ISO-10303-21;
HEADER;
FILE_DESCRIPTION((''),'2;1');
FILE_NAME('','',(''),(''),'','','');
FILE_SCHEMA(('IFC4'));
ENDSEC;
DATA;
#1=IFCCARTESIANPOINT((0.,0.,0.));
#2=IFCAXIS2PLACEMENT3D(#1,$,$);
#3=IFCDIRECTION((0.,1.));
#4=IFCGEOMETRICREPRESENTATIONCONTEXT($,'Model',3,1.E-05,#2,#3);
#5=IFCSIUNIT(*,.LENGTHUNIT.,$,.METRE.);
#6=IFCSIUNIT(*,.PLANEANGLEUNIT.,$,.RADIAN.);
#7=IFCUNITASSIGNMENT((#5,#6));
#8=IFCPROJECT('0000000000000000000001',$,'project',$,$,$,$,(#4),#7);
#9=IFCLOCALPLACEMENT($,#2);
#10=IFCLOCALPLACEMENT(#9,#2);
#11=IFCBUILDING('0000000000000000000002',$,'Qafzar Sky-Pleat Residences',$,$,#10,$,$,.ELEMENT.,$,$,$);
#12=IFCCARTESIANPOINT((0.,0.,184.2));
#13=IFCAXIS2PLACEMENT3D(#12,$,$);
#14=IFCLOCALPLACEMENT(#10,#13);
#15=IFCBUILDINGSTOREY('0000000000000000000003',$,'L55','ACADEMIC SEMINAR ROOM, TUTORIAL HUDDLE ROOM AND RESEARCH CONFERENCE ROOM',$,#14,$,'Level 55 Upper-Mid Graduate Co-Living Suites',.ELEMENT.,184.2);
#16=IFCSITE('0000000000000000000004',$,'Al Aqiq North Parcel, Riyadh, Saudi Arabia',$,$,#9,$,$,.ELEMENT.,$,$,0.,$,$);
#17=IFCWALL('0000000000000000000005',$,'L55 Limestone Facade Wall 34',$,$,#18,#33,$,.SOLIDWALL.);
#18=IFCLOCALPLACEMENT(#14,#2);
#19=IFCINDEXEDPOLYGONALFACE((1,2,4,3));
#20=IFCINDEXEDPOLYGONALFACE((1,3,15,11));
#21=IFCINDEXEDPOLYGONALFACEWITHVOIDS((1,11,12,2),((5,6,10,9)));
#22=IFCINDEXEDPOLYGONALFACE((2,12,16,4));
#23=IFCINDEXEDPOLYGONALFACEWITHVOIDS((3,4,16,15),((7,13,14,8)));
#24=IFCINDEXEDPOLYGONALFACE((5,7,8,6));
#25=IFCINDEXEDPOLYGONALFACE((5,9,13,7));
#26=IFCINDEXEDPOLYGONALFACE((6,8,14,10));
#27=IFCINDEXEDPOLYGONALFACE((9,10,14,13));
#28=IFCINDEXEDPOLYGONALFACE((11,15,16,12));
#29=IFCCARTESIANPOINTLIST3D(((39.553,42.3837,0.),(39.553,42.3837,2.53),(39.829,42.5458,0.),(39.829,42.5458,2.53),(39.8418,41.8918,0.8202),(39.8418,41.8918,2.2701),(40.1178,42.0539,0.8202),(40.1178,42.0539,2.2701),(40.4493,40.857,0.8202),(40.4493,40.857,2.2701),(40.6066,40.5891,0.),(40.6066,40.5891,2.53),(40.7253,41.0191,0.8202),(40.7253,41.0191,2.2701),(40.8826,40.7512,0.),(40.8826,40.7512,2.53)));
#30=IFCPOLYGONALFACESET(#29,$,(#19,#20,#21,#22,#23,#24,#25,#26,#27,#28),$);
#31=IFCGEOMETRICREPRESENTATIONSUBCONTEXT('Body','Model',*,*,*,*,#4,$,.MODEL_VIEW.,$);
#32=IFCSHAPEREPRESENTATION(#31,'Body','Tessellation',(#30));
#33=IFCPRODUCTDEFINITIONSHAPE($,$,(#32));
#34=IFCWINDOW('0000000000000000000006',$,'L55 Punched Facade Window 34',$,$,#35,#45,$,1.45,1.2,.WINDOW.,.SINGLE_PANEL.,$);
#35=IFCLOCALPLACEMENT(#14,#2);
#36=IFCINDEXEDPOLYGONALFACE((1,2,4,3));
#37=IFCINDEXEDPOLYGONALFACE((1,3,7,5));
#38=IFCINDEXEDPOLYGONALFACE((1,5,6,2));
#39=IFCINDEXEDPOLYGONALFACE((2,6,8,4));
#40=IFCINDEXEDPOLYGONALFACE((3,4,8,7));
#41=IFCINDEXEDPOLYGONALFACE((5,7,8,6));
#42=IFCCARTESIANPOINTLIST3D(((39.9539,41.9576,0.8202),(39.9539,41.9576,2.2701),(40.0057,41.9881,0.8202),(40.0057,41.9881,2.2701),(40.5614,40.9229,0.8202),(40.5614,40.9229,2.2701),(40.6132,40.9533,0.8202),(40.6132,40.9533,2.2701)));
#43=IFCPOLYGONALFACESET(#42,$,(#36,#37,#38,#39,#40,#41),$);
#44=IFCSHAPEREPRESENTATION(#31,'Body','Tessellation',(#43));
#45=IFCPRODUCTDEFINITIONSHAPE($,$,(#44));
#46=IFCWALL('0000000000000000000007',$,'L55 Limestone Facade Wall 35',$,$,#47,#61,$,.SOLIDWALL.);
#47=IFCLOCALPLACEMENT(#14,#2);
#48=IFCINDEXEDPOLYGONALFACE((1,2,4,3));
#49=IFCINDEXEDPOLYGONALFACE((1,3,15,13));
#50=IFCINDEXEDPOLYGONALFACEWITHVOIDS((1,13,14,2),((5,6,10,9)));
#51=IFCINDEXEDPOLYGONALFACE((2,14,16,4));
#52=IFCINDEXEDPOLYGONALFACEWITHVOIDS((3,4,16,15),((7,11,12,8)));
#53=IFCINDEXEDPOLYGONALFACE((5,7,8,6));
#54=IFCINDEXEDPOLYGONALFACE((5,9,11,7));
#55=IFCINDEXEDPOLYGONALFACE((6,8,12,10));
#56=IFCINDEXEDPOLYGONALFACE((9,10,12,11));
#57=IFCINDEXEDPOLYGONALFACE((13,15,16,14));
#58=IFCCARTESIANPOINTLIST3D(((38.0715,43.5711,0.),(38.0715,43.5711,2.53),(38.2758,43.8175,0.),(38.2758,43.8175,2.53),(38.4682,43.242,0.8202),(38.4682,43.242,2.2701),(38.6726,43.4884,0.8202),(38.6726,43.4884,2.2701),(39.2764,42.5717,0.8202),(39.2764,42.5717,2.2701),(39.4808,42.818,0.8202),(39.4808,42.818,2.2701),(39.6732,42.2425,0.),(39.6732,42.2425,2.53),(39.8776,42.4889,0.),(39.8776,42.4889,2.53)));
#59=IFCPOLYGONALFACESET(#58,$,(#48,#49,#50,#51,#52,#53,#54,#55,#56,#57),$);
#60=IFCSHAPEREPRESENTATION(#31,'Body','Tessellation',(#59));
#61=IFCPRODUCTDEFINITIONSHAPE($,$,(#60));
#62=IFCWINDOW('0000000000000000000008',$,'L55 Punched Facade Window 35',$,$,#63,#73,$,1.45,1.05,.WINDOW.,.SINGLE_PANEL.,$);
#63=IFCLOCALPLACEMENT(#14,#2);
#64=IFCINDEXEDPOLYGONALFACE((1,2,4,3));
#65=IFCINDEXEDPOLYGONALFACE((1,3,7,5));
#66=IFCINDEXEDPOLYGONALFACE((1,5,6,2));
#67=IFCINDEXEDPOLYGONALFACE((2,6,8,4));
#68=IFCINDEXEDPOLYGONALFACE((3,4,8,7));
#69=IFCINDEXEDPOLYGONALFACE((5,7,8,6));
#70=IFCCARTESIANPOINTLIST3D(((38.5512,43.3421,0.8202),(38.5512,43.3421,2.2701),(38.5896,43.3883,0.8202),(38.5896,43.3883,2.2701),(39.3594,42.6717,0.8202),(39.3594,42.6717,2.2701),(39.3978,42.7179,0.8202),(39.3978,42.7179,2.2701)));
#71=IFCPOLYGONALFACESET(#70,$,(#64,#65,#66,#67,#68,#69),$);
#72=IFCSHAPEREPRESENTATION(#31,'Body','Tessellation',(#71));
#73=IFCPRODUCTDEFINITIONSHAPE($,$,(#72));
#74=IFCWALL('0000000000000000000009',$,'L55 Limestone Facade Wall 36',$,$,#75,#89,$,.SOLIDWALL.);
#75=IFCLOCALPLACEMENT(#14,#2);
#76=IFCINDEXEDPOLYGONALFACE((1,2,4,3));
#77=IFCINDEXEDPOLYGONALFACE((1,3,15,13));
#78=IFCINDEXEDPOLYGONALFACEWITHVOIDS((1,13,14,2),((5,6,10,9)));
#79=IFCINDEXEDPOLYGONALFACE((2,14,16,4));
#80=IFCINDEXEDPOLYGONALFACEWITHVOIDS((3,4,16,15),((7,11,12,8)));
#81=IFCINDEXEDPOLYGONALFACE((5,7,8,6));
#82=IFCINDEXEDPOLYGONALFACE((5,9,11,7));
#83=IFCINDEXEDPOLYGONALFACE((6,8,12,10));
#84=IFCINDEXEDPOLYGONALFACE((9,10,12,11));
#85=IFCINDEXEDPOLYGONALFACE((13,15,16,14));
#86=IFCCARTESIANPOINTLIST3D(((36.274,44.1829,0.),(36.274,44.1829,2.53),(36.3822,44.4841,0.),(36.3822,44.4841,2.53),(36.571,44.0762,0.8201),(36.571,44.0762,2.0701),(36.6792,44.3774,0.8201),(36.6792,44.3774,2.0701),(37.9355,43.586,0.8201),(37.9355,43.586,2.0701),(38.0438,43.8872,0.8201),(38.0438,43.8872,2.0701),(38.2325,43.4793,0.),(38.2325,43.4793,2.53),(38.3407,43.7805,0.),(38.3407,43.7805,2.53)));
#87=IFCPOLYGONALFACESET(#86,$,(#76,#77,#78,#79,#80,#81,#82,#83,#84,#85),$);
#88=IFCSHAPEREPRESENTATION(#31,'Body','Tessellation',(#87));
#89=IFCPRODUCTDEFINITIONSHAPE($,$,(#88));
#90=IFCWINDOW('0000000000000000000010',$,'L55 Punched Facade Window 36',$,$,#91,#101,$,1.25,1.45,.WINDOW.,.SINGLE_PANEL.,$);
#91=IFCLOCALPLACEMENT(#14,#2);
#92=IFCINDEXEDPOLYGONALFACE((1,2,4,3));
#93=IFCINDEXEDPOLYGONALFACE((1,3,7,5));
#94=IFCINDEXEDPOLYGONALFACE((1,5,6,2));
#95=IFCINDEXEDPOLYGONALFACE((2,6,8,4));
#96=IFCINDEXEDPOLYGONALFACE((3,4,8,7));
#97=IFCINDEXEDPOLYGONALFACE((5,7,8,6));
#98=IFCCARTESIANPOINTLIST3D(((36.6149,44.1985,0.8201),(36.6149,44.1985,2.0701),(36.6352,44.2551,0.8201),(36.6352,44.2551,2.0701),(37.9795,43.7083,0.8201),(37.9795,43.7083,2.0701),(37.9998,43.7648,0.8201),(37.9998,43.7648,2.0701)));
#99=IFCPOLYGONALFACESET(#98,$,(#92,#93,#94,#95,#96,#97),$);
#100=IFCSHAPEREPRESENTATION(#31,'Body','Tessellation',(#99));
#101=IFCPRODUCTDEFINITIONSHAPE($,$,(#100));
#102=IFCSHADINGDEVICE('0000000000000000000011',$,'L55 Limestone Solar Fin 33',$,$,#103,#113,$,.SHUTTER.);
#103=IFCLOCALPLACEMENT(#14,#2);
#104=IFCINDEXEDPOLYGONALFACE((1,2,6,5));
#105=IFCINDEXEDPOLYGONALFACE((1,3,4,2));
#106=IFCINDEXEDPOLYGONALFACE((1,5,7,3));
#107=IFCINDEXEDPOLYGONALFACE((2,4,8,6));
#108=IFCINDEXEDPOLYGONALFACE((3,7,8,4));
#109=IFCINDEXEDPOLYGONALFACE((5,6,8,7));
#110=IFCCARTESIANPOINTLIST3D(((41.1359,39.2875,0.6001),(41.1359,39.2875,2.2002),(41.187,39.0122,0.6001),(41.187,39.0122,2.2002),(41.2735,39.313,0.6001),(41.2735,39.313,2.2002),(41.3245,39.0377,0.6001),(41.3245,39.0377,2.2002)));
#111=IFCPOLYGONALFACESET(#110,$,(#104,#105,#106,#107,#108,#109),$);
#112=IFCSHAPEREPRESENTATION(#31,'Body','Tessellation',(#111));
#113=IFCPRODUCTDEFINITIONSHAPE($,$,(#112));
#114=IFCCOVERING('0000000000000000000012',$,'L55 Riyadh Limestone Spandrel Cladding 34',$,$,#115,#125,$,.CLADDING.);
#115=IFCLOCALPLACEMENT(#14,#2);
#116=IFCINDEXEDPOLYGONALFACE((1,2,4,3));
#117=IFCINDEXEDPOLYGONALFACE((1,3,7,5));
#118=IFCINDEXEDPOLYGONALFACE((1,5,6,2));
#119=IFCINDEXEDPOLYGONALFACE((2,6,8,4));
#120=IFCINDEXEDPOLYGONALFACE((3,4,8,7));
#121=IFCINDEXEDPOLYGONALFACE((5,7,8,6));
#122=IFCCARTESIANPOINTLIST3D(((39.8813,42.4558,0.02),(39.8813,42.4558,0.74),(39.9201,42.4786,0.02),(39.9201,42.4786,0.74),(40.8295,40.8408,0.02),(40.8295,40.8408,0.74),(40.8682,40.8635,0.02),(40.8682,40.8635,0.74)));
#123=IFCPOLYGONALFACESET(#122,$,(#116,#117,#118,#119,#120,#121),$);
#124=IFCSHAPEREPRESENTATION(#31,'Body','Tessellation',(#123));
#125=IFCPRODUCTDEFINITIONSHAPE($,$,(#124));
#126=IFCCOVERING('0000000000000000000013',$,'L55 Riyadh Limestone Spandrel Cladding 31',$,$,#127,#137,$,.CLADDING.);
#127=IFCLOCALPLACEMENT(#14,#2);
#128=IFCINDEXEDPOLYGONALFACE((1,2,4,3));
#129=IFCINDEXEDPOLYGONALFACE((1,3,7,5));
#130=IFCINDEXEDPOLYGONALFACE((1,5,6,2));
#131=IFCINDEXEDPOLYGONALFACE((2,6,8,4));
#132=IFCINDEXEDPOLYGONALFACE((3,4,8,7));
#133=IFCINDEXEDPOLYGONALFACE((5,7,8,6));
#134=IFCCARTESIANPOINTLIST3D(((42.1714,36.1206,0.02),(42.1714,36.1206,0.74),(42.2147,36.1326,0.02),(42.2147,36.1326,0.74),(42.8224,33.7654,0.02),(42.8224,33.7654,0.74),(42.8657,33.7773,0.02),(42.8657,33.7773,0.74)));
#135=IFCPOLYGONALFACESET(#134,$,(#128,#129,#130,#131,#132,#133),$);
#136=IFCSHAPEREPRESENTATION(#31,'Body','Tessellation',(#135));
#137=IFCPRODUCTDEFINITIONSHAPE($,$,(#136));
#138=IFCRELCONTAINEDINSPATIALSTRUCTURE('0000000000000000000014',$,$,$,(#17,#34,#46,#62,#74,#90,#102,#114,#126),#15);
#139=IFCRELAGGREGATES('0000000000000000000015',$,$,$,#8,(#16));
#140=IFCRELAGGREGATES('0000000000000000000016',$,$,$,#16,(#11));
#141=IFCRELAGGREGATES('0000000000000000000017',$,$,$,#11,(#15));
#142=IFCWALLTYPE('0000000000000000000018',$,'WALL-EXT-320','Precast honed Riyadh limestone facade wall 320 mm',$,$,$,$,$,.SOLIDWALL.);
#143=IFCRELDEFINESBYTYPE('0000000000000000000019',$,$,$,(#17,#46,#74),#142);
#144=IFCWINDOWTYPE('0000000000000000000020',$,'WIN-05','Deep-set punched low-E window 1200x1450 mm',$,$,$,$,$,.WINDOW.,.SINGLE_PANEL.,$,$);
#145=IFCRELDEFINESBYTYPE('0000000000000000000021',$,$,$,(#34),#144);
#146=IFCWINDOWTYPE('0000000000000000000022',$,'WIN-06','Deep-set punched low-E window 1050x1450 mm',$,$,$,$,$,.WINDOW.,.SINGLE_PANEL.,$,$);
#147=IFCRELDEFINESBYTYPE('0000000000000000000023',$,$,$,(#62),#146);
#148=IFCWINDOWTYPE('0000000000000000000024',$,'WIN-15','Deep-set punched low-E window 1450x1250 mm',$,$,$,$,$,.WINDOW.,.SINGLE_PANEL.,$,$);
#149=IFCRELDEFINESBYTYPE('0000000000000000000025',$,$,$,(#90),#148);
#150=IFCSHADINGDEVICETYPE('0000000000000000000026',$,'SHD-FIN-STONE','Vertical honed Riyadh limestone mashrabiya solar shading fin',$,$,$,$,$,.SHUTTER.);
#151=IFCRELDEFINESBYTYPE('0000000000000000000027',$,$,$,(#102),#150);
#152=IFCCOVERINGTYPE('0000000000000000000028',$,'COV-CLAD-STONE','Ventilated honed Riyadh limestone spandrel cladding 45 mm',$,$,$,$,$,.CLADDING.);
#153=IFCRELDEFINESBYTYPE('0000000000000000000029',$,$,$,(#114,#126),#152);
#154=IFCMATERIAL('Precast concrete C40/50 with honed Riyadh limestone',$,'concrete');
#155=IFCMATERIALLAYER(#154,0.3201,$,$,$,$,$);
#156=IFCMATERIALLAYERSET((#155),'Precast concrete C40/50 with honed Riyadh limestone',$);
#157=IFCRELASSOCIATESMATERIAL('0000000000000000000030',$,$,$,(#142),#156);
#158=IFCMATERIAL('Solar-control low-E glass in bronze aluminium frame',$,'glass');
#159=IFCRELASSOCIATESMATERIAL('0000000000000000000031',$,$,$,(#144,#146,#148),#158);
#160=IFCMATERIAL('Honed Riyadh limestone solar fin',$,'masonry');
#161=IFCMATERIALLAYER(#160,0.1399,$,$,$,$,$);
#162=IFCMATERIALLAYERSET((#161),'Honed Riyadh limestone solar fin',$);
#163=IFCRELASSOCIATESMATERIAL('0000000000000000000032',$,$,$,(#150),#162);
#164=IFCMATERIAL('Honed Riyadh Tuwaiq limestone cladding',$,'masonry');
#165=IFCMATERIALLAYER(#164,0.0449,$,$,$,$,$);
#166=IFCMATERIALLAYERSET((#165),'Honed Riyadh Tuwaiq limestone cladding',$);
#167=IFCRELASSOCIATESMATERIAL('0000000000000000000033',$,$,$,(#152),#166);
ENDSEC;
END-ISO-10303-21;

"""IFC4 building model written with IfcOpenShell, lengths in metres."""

from ifc_helpers import new_model, si_unit, direction, frame, frame_2d, origin, origin_2d, place, context, subcontext, project, spatial, rectangle, extrude, source, transform, mapped, material, layer, layer_set, type_object, element, fill, save


model = new_model("IFC4")

# Units and contexts
model_context = context("Model", 3, precision=1e-05, world=origin(), true_north=direction((0.0, 1.0)))
body_context = subcontext(model_context, "Body", "Model", "MODEL_VIEW")
ifc_project = project(units=[si_unit("LENGTHUNIT", "METRE"), si_unit("PLANEANGLEUNIT", "RADIAN")], contexts=[model_context])

# Site, building, storey
site_placement = place(None, origin())
site = spatial("IfcSite", under=ifc_project, at=site_placement, Name="Al Aqiq North Parcel, Riyadh, Saudi Arabia", CompositionType="ELEMENT", RefElevation=0.0)
building_placement = place(site_placement, origin())
building = spatial("IfcBuilding", under=site, at=building_placement, Name="Qafzar Sky-Pleat Residences", CompositionType="ELEMENT")
storey_placement = place(building_placement, frame((0.0, 0.0, 184.2)))
storey = spatial("IfcBuildingStorey", under=building, at=storey_placement, Name="L55", Description="ACADEMIC SEMINAR ROOM, TUTORIAL HUDDLE ROOM AND RESEARCH CONFERENCE ROOM", LongName="Level 55 Upper-Mid Graduate Co-Living Suites", CompositionType="ELEMENT", Elevation=184.2)

# Walls, openings, windows
ifc_material_1 = material(Name="Precast concrete C40/50 with honed Riyadh limestone", Category="concrete")
ifc_layer_1 = layer(ifc_material_1, 0.3201)
ifc_layer_set_1 = layer_set([ifc_layer_1], Name="Precast concrete C40/50 with honed Riyadh limestone")
wall_type_1 = type_object("IfcWallType", Name="WALL-EXT-320", Description="Precast honed Riyadh limestone facade wall 320 mm", PredefinedType="SOLIDWALL", material=ifc_layer_set_1)
ifc_material_2 = material(Name="Solar-control low-E glass in bronze aluminium frame", Category="glass")
wall_1_placement = place(storey_placement, frame((40.7446, 40.6702, 0.0), z_axis=(0.0, 0.0, 1.0), x_axis=(-0.506312, 0.86235, 0.0)))
wall_1 = element("IfcWall", 1, at=wall_1_placement, inside=storey, type_object=wall_type_1, Name="L55 Limestone Facade Wall 34", PredefinedType="SOLIDWALL", context=body_context, shape_type="SweptSolid", body=[
    extrude(rectangle(XDim=2.0811, YDim=0.3201, at=frame_2d((1.0405, 0.0))), origin(), (0.0, 0.0, 1.0), 2.53),
])
opening_1_placement = place(wall_1_placement, frame((0.3105, 0.0, 0.8201)))
opening_1 = element("IfcOpeningElement", 2, at=opening_1_placement, cuts=wall_1, PredefinedType="OPENING", context=body_context, shape_type="SweptSolid", body=[
    extrude(rectangle(XDim=1.2, YDim=1.45, at=frame_2d((0.6001, 0.7251))), frame((0.0, 0.1699, 0.0), z_axis=(0.0, -1.0, 0.0), x_axis=(1.0, 0.0, 0.0)), (0.0, 0.0, 1.0), 0.3401),
])
window_type_1 = type_object("IfcWindowType", Name="WIN-05", Description="Deep-set punched low-E window 1200x1450 mm", PartitioningType="SINGLE_PANEL", PredefinedType="WINDOW", material=ifc_material_2)
shared_shape_1 = source(origin(), body_context, "Body", "SweptSolid", [
    extrude(rectangle(XDim=1.2, YDim=1.45, at=frame_2d((0.6001, 0.7251))), frame((0.0, 0.03, 0.0), z_axis=(0.0, -1.0, 0.0), x_axis=(1.0, 0.0, 0.0)), (0.0, 0.0, 1.0), 0.0601),
])
window_1_placement = place(opening_1_placement, origin())
window_1 = element("IfcWindow", 3, at=window_1_placement, inside=storey, type_object=window_type_1, Name="L55 Punched Facade Window 34", OverallHeight=1.45, OverallWidth=1.2, PartitioningType="SINGLE_PANEL", PredefinedType="WINDOW", context=body_context, shape_type="MappedRepresentation", body=[
    mapped(shared_shape_1, transform((0.0, 0.0, 0.0), x_axis=(1.0, 0.0, 0.0), y_axis=(0.0, 1.0, 0.0), z_axis=(0.0, 0.0, 1.0), scale=1.0)),
])
fill(opening_1, window_1)
wall_2_placement = place(storey_placement, frame((39.7754, 42.3657, 0.0), z_axis=(0.0, 0.0, 1.0), x_axis=(-0.76969, 0.638417, 0.0)))
wall_2 = element("IfcWall", 4, at=wall_2_placement, inside=storey, type_object=wall_type_1, Name="L55 Limestone Facade Wall 35", PredefinedType="SOLIDWALL", context=body_context, shape_type="SweptSolid", body=[
    extrude(rectangle(XDim=2.0811, YDim=0.3201, at=frame_2d((1.0405, 0.0))), origin(), (0.0, 0.0, 1.0), 2.53),
])
opening_2_placement = place(wall_2_placement, frame((0.5156, 0.0, 0.8201)))
opening_2 = element("IfcOpeningElement", 5, at=opening_2_placement, cuts=wall_2, PredefinedType="OPENING", context=body_context, shape_type="SweptSolid", body=[
    extrude(rectangle(XDim=1.05, YDim=1.45, at=frame_2d((0.5249, 0.7251))), frame((0.0, 0.1699, 0.0), z_axis=(0.0, -1.0, 0.0), x_axis=(1.0, 0.0, 0.0)), (0.0, 0.0, 1.0), 0.3401),
])
window_type_2 = type_object("IfcWindowType", Name="WIN-06", Description="Deep-set punched low-E window 1050x1450 mm", PartitioningType="SINGLE_PANEL", PredefinedType="WINDOW", material=ifc_material_2)
shared_shape_2 = source(origin(), body_context, "Body", "SweptSolid", [
    extrude(rectangle(XDim=1.05, YDim=1.45, at=frame_2d((0.5249, 0.7251))), frame((0.0, 0.03, 0.0), z_axis=(0.0, -1.0, 0.0), x_axis=(1.0, 0.0, 0.0)), (0.0, 0.0, 1.0), 0.0601),
])
window_2_placement = place(opening_2_placement, origin())
window_2 = element("IfcWindow", 6, at=window_2_placement, inside=storey, type_object=window_type_2, Name="L55 Punched Facade Window 35", OverallHeight=1.45, OverallWidth=1.05, PartitioningType="SINGLE_PANEL", PredefinedType="WINDOW", context=body_context, shape_type="MappedRepresentation", body=[
    mapped(shared_shape_2, transform((0.0, 0.0, 0.0), x_axis=(1.0, 0.0, 0.0), y_axis=(0.0, 1.0, 0.0), z_axis=(0.0, 0.0, 1.0), scale=1.0)),
])
fill(opening_2, window_2)
wall_3_placement = place(storey_placement, frame((38.2866, 43.6299, 0.0), z_axis=(0.0, 0.0, 1.0), x_axis=(-0.941109, 0.338105, 0.0)))
wall_3 = element("IfcWall", 7, at=wall_3_placement, inside=storey, type_object=wall_type_1, Name="L55 Limestone Facade Wall 36", PredefinedType="SOLIDWALL", context=body_context, shape_type="SweptSolid", body=[
    extrude(rectangle(XDim=2.0811, YDim=0.3201, at=frame_2d((1.0405, 0.0))), origin(), (0.0, 0.0, 1.0), 2.53),
])
opening_3_placement = place(wall_3_placement, frame((0.3154, 0.0, 0.8201)))
opening_3 = element("IfcOpeningElement", 8, at=opening_3_placement, cuts=wall_3, PredefinedType="OPENING", context=body_context, shape_type="SweptSolid", body=[
    extrude(rectangle(XDim=1.45, YDim=1.25, at=frame_2d((0.7251, 0.625))), frame((0.0, 0.1699, 0.0), z_axis=(0.0, -1.0, 0.0), x_axis=(1.0, 0.0, 0.0)), (0.0, 0.0, 1.0), 0.3401),
])
window_type_3 = type_object("IfcWindowType", Name="WIN-15", Description="Deep-set punched low-E window 1450x1250 mm", PartitioningType="SINGLE_PANEL", PredefinedType="WINDOW", material=ifc_material_2)
shared_shape_3 = source(origin(), body_context, "Body", "SweptSolid", [
    extrude(rectangle(XDim=1.45, YDim=1.25, at=frame_2d((0.7251, 0.625))), frame((0.0, 0.03, 0.0), z_axis=(0.0, -1.0, 0.0), x_axis=(1.0, 0.0, 0.0)), (0.0, 0.0, 1.0), 0.0601),
])
window_3_placement = place(opening_3_placement, origin())
window_3 = element("IfcWindow", 9, at=window_3_placement, inside=storey, type_object=window_type_3, Name="L55 Punched Facade Window 36", OverallHeight=1.25, OverallWidth=1.45, PartitioningType="SINGLE_PANEL", PredefinedType="WINDOW", context=body_context, shape_type="MappedRepresentation", body=[
    mapped(shared_shape_3, transform((0.0, 0.0, 0.0), x_axis=(1.0, 0.0, 0.0), y_axis=(0.0, 1.0, 0.0), z_axis=(0.0, 0.0, 1.0), scale=1.0)),
])
fill(opening_3, window_3)

# Shading device
ifc_material_3 = material(Name="Honed Riyadh limestone solar fin", Category="masonry")
ifc_layer_2 = layer(ifc_material_3, 0.1399)
ifc_layer_set_2 = layer_set([ifc_layer_2], Name="Honed Riyadh limestone solar fin")
shading_device_type = type_object("IfcShadingDeviceType", Name="SHD-FIN-STONE", Description="Vertical honed Riyadh limestone mashrabiya solar shading fin", PredefinedType="SHUTTER", material=ifc_layer_set_2)
shared_shape_4 = source(origin(), body_context, "Body", "SweptSolid", [
    extrude(rectangle(XDim=0.1399, YDim=0.28, at=origin_2d()), origin(), (0.0, 0.0, 1.0), 1.6001),
])
shading_device_placement = place(storey_placement, frame((41.2302, 39.1626, 0.6001), z_axis=(0.0, 0.0, 1.0), x_axis=(0.983217, 0.182439, 0.0)))
element("IfcShadingDevice", 10, at=shading_device_placement, inside=storey, type_object=shading_device_type, Name="L55 Limestone Solar Fin 33", PredefinedType="SHUTTER", context=body_context, shape_type="MappedRepresentation", body=[
    mapped(shared_shape_4, transform((0.0, 0.0, 0.0), x_axis=(1.0, 0.0, 0.0), y_axis=(0.0, 1.0, 0.0), z_axis=(0.0, 0.0, 1.0), scale=1.0)),
])

# Coverings
ifc_material_4 = material(Name="Honed Riyadh Tuwaiq limestone cladding", Category="masonry")
ifc_layer_3 = layer(ifc_material_4, 0.0449)
ifc_layer_set_3 = layer_set([ifc_layer_3], Name="Honed Riyadh Tuwaiq limestone cladding")
covering_type = type_object("IfcCoveringType", Name="COV-CLAD-STONE", Description="Ventilated honed Riyadh limestone spandrel cladding 45 mm", PredefinedType="CLADDING", material=ifc_layer_set_3)
shared_shape_5 = source(origin(), body_context, "Body", "SweptSolid", [
    extrude(rectangle(XDim=1.8728, YDim=0.0449, at=origin_2d()), origin(), (0.0, 0.0, 1.0), 0.72),
])
covering_1_placement = place(storey_placement, frame((40.3748, 41.6597, 0.02), z_axis=(0.0, 0.0, 1.0), x_axis=(-0.506268, 0.862376, 0.0)))
element("IfcCovering", 11, at=covering_1_placement, inside=storey, type_object=covering_type, Name="L55 Riyadh Limestone Spandrel Cladding 34", PredefinedType="CLADDING", context=body_context, shape_type="MappedRepresentation", body=[
    mapped(shared_shape_5, transform((0.0, 0.0, 0.0), x_axis=(1.0, 0.0, 0.0), y_axis=(0.0, 1.0, 0.0), z_axis=(0.0, 0.0, 1.0), scale=1.0)),
])
shared_shape_6 = source(origin(), body_context, "Body", "SweptSolid", [
    extrude(rectangle(XDim=2.4436, YDim=0.0449, at=origin_2d()), origin(), (0.0, 0.0, 1.0), 0.72),
])
covering_2_placement = place(storey_placement, frame((42.5186, 34.949, 0.02), z_axis=(0.0, 0.0, 1.0), x_axis=(-0.266441, 0.963851, 0.0)))
element("IfcCovering", 12, at=covering_2_placement, inside=storey, type_object=covering_type, Name="L55 Riyadh Limestone Spandrel Cladding 31", PredefinedType="CLADDING", context=body_context, shape_type="MappedRepresentation", body=[
    mapped(shared_shape_6, transform((0.0, 0.0, 0.0), x_axis=(1.0, 0.0, 0.0), y_axis=(0.0, 1.0, 0.0), z_axis=(0.0, 0.0, 1.0), scale=1.0)),
])

save(model, "model.ifc")
